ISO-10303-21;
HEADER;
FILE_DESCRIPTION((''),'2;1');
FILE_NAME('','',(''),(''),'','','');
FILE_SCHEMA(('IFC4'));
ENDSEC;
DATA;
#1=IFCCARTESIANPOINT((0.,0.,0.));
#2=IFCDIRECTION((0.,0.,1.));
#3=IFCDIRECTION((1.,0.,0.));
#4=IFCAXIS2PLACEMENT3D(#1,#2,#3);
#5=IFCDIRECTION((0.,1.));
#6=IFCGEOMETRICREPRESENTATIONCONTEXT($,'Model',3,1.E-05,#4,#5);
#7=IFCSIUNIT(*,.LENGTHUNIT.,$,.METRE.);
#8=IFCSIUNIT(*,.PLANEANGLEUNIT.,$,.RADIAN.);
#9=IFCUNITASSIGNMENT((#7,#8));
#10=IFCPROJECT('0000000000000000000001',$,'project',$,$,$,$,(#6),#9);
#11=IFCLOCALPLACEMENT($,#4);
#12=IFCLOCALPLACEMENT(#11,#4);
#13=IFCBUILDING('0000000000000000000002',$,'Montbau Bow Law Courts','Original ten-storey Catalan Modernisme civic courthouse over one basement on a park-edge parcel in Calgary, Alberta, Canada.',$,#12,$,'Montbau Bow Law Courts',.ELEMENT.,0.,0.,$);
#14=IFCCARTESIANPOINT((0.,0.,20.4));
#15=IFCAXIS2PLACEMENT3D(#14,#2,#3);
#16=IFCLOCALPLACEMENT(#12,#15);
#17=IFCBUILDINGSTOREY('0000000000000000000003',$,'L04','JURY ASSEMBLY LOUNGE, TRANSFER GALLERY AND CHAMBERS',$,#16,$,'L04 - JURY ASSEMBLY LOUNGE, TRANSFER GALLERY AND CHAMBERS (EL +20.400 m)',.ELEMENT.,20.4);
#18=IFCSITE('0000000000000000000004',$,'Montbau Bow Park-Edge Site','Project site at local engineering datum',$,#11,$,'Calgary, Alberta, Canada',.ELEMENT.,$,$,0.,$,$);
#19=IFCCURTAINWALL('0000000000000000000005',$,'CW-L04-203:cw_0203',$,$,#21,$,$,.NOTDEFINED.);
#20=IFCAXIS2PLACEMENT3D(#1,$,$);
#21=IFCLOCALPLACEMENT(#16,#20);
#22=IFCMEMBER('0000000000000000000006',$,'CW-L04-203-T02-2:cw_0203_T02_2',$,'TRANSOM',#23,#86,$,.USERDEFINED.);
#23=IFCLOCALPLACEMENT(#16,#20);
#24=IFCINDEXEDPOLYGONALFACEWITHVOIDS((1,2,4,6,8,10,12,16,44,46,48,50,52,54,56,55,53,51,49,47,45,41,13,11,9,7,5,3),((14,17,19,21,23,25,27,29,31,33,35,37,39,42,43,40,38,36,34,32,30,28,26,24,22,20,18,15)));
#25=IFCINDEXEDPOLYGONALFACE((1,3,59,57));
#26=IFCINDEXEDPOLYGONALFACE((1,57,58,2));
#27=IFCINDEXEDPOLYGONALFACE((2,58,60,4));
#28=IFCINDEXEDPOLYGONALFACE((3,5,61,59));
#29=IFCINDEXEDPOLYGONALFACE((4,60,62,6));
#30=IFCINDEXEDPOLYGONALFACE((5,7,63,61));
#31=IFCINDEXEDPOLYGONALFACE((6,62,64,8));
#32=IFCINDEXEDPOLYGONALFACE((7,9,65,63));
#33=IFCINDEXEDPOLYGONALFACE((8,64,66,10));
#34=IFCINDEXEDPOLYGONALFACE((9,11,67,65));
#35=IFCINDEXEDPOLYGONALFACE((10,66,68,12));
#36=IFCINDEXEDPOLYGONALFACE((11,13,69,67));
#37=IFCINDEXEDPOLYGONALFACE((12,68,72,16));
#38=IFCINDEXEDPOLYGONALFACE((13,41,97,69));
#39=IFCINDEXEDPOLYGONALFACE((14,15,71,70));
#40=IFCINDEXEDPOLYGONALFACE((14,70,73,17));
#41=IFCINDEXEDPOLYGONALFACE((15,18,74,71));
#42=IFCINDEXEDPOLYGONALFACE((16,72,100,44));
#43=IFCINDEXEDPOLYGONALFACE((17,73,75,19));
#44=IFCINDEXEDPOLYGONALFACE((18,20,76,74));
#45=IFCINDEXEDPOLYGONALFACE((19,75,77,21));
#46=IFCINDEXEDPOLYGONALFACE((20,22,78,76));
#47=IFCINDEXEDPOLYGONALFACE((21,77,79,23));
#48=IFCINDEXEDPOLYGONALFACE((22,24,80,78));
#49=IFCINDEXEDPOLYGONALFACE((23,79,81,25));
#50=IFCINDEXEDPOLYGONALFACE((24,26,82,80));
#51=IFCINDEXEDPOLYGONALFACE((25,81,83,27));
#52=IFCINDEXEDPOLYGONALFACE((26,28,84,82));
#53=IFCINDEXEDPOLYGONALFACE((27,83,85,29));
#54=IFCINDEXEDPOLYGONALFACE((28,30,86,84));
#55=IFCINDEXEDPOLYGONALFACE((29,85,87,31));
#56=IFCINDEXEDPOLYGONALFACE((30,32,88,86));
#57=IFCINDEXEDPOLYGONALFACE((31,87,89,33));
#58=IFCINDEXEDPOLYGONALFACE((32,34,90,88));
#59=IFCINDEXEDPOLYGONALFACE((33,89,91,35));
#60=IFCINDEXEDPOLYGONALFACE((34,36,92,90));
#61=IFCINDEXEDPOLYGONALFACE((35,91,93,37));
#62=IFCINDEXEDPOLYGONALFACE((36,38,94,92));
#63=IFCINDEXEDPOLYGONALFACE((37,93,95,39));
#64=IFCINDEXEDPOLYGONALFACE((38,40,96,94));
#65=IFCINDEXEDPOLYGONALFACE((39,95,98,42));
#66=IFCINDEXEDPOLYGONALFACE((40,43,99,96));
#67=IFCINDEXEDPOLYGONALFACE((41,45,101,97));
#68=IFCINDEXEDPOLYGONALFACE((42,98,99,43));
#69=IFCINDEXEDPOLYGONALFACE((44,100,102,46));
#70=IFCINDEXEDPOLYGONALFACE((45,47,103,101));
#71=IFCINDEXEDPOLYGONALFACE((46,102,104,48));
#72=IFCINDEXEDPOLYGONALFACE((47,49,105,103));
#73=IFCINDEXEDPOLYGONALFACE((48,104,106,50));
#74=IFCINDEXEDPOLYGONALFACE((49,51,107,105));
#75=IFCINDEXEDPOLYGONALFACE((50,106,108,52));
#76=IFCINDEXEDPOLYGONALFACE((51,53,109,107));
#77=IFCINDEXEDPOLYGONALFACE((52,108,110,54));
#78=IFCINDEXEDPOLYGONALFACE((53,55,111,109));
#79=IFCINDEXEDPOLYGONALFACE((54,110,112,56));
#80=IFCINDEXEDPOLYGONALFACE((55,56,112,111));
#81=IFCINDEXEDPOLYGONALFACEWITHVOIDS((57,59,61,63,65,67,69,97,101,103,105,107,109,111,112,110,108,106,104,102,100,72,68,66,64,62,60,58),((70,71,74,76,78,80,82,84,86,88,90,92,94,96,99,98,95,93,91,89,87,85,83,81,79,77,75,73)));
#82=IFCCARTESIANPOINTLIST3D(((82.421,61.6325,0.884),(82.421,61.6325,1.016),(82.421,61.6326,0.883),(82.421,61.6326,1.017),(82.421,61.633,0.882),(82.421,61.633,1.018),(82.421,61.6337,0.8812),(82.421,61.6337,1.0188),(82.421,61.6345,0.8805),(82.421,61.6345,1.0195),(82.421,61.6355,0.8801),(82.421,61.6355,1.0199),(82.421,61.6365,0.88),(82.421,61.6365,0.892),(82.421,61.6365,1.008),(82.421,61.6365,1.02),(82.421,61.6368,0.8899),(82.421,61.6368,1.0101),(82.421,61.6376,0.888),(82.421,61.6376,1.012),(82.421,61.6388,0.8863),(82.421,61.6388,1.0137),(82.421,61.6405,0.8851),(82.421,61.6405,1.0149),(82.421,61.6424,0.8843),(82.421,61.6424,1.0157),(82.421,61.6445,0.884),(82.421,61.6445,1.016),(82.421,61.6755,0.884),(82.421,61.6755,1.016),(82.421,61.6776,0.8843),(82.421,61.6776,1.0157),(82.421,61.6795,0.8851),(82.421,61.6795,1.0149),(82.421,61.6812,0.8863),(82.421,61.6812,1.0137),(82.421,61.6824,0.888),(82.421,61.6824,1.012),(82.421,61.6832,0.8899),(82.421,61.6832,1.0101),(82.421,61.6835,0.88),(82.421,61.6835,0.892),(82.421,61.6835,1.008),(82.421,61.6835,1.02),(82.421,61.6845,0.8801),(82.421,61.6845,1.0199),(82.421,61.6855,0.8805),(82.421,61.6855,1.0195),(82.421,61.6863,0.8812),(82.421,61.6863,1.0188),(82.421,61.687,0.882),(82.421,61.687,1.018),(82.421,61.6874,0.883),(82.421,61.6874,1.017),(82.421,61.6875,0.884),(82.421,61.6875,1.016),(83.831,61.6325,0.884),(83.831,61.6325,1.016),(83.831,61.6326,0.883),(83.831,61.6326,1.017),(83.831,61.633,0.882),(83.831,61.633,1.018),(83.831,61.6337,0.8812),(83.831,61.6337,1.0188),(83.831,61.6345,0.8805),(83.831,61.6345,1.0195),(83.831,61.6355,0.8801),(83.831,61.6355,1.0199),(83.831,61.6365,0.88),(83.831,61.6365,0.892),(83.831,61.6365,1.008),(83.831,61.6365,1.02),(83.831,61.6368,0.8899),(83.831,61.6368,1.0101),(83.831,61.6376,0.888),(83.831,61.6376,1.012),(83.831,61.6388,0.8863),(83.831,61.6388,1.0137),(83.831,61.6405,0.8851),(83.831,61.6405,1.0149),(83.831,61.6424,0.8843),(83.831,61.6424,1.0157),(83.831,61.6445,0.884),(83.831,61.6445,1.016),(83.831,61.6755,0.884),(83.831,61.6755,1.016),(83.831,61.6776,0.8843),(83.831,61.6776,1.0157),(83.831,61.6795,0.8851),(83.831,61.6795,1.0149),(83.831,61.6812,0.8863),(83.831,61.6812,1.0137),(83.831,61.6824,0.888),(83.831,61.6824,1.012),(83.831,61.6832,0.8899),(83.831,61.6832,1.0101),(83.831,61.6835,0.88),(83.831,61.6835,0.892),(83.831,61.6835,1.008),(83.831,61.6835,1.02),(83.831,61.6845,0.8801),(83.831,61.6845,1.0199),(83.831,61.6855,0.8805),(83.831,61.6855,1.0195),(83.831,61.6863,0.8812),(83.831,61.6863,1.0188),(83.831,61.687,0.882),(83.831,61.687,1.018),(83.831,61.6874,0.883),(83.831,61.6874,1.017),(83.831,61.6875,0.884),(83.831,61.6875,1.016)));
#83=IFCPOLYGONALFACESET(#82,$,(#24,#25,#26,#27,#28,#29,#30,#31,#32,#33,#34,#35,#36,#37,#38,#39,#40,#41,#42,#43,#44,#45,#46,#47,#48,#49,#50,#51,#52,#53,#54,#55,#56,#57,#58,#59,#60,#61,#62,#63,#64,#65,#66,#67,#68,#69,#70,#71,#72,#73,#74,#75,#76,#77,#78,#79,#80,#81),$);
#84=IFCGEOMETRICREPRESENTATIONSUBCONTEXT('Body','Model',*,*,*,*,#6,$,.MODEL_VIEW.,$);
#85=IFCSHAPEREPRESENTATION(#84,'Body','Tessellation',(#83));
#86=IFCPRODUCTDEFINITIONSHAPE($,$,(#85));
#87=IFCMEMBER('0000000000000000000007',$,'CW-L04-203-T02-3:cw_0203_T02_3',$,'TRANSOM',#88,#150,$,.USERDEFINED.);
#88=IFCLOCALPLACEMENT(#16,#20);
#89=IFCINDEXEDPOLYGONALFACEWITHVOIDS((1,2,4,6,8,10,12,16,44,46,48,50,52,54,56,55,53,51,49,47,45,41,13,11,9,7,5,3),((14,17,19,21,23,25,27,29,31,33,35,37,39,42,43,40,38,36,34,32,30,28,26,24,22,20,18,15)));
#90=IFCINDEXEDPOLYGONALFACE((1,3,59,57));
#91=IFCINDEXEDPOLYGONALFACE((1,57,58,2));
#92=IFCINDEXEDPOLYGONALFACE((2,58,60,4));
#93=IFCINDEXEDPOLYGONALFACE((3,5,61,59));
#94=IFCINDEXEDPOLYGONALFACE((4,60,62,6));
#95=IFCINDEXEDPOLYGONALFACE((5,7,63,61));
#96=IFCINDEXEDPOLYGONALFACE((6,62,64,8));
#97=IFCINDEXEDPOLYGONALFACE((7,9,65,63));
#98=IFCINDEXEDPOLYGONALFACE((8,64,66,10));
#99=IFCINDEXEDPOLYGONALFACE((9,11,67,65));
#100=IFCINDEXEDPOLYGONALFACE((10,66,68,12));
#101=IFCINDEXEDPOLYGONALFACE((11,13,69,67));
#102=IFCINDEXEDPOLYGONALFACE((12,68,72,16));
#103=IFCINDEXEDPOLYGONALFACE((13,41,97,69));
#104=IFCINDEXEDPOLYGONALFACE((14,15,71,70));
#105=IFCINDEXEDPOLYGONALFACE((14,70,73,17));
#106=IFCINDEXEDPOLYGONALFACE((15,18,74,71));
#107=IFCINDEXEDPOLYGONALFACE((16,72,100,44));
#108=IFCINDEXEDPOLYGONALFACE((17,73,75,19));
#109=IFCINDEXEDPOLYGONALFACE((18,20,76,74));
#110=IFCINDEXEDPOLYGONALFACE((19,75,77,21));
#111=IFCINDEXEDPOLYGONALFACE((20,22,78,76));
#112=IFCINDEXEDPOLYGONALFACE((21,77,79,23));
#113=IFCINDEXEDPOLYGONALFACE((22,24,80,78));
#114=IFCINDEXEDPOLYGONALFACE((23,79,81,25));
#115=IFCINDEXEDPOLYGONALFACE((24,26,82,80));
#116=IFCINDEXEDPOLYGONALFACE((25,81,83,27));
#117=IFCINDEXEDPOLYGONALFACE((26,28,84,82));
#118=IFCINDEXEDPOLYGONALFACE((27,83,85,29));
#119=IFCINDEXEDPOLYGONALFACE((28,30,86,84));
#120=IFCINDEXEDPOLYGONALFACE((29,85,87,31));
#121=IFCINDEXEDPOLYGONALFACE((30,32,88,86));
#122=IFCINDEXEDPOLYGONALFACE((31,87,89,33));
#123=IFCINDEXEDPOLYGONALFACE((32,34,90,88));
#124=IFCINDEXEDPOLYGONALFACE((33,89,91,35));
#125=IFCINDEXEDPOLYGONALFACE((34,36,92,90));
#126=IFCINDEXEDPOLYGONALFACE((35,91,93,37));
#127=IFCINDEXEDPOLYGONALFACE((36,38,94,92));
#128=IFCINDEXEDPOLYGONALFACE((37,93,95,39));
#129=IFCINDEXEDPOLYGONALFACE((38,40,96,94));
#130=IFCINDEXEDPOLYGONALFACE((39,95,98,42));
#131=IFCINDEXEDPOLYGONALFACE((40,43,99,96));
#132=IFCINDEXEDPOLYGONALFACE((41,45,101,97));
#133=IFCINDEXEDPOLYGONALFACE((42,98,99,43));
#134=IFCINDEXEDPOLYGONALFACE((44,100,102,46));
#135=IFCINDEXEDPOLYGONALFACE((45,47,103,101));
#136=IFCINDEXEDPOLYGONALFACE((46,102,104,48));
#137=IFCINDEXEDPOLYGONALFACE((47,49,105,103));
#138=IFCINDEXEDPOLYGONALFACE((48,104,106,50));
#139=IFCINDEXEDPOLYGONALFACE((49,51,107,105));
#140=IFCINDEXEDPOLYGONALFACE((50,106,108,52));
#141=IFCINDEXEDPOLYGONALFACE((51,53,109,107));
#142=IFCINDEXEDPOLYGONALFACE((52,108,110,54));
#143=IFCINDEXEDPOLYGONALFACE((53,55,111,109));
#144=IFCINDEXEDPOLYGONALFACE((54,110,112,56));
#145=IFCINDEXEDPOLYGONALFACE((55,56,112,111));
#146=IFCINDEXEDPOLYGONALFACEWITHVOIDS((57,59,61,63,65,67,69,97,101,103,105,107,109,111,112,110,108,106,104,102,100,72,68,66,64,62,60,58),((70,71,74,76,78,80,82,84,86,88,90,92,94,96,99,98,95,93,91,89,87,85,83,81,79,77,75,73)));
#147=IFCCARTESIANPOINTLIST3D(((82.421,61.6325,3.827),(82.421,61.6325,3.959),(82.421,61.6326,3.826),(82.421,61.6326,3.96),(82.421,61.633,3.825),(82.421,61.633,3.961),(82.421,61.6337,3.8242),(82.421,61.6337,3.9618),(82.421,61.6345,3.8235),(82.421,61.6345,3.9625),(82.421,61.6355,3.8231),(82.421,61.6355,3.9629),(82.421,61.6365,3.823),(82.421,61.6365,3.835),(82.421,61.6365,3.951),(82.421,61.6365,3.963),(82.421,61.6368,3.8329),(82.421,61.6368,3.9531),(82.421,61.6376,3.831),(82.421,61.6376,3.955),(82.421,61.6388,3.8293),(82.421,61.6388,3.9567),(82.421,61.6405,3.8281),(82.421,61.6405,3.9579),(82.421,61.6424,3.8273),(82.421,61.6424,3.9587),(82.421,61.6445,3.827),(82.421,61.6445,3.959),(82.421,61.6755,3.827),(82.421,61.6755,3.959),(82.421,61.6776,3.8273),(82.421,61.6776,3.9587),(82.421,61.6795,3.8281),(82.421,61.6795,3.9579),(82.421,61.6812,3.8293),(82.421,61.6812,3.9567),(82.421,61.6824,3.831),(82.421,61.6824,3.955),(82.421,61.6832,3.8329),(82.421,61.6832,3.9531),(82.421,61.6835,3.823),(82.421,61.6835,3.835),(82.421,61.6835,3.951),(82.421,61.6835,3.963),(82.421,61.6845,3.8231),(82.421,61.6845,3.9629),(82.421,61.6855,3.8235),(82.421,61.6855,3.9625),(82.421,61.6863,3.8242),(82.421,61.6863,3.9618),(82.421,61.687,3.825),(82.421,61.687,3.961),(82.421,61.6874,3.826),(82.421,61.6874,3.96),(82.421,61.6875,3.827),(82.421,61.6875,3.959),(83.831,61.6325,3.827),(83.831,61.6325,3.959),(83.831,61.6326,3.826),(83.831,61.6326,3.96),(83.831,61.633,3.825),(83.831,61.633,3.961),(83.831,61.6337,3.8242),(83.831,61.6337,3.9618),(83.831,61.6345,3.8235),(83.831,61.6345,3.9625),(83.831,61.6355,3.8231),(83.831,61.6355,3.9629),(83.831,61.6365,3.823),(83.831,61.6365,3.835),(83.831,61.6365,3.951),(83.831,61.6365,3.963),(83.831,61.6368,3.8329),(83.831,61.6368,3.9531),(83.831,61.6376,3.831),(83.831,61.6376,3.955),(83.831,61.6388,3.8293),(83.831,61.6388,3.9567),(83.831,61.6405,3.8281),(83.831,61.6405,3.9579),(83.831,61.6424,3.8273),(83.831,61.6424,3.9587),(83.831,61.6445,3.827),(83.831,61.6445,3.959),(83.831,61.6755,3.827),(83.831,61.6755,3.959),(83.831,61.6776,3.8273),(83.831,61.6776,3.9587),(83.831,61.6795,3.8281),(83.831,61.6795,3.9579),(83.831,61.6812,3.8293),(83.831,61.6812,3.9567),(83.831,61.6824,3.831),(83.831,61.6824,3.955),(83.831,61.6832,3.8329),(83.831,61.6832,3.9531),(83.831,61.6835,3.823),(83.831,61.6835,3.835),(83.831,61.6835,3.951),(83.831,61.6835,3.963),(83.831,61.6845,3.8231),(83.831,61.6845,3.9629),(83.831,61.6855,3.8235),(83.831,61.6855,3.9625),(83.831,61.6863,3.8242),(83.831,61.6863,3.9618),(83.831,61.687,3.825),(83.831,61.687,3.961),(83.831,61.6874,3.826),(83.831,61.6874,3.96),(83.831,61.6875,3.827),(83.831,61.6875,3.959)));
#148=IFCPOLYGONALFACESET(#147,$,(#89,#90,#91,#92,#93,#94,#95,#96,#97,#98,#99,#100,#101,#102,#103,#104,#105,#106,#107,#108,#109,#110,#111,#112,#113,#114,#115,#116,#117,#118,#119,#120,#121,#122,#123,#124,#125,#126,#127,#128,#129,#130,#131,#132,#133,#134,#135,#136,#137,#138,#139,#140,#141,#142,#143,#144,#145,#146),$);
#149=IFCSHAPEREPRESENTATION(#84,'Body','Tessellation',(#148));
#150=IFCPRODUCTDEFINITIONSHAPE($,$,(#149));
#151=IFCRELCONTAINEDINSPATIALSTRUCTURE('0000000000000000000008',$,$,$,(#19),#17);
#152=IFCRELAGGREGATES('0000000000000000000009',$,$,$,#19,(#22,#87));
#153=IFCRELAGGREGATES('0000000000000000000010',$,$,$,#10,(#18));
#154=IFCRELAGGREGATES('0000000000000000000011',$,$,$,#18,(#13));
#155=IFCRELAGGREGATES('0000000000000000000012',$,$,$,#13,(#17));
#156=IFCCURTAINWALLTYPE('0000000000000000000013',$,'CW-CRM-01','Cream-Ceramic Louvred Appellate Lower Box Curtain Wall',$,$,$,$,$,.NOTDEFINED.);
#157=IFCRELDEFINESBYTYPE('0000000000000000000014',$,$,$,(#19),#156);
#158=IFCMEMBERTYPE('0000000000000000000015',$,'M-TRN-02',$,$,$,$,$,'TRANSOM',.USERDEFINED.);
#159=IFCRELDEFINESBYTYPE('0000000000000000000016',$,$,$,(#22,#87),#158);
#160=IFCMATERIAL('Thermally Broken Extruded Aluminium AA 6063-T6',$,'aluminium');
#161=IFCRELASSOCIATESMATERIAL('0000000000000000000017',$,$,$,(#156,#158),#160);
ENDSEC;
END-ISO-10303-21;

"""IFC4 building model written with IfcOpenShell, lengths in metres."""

from ifc_helpers import new_model, si_unit, direction, frame, origin_with_axes, origin_2d_with_axis, place, context, subcontext, project, spatial, hollow_rectangle, extrude, material, material_profile, profile_set, type_object, element, aggregate, save


model = new_model("IFC4")

# Units and contexts
model_context = context("Model", 3, precision=1e-05, world=origin_with_axes(), true_north=direction((0.0, 1.0)))
body_context = subcontext(model_context, "Body", "Model", "MODEL_VIEW")
ifc_project = project(units=[si_unit("LENGTHUNIT", "METRE"), si_unit("PLANEANGLEUNIT", "RADIAN")], contexts=[model_context])

# Site, building, storey
site_placement = place(None, origin_with_axes())
site = spatial("IfcSite", under=ifc_project, at=site_placement, Name="Montbau Bow Park-Edge Site", Description="Project site at local engineering datum", LongName="Calgary, Alberta, Canada", CompositionType="ELEMENT", RefElevation=0.0)
building_placement = place(site_placement, origin_with_axes())
building = spatial("IfcBuilding", under=site, at=building_placement, Name="Montbau Bow Law Courts", Description="Original ten-storey Catalan Modernisme civic courthouse over one basement on a park-edge parcel in Calgary, Alberta, Canada.", LongName="Montbau Bow Law Courts", CompositionType="ELEMENT", ElevationOfRefHeight=0.0, ElevationOfTerrain=0.0)
storey_placement = place(building_placement, frame((0.0, 0.0, 20.4), z_axis=(0.0, 0.0, 1.0), x_axis=(1.0, 0.0, 0.0)))
storey = spatial("IfcBuildingStorey", under=building, at=storey_placement, Name="L04", Description="JURY ASSEMBLY LOUNGE, TRANSFER GALLERY AND CHAMBERS", LongName="L04 - JURY ASSEMBLY LOUNGE, TRANSFER GALLERY AND CHAMBERS (EL +20.400 m)", CompositionType="ELEMENT", Elevation=20.4)

# Curtain wall
ifc_material_1 = material(Name="Thermally Broken Extruded Aluminium AA 6063-T6", Category="aluminium")
curtain_wall_type = type_object("IfcCurtainWallType", Name="CW-CRM-01", Description="Cream-Ceramic Louvred Appellate Lower Box Curtain Wall", PredefinedType="NOTDEFINED", material=ifc_material_1)
curtain_wall_1_placement = place(None, frame((80.915, 61.66, 20.4), z_axis=(0.0, 0.0, 1.0), x_axis=(1.0, 0.0, 0.0)))
curtain_wall_1 = element("IfcCurtainWall", 1, at=curtain_wall_1_placement, inside=storey, type_object=curtain_wall_type, Name="CW-L04-203:cw_0203", PredefinedType="NOTDEFINED")

# Members
ifc_material_profile_1 = material_profile(ifc_material_1, hollow_rectangle(XDim=0.055, YDim=0.14, WallThickness=0.004, InnerFilletRadius=0.008, OuterFilletRadius=0.004, at=origin_2d_with_axis()), Name="CWT-140X55", Category="Main", Priority=0)
ifc_profile_set_1 = profile_set([ifc_material_profile_1], Name="Thermally Broken Extruded Aluminium AA 6063-T6")
member_type_1 = type_object("IfcMemberType", Name="M-TRN-02", ElementType="TRANSOM", PredefinedType="USERDEFINED", material=ifc_profile_set_1)
member_1_placement = place(None, frame((82.421, 61.66, 21.35), z_axis=(1.0, 0.0, 0.0), x_axis=(0.0, 1.0, 0.0)))
member_1 = element("IfcMember", 2, at=member_1_placement, type_object=member_type_1, Name="CW-L04-203-T02-2:cw_0203_T02_2", ObjectType="TRANSOM", PredefinedType="USERDEFINED", context=body_context, shape_type="SweptSolid", body=[
    extrude(hollow_rectangle(XDim=0.055, YDim=0.14, WallThickness=0.004, InnerFilletRadius=0.008, OuterFilletRadius=0.004, at=origin_2d_with_axis()), origin_with_axes(), (0.0, 0.0, 1.0), 1.41),
])
member_2_placement = place(None, frame((82.421, 61.66, 24.293), z_axis=(1.0, 0.0, 0.0), x_axis=(0.0, 1.0, 0.0)))
member_2 = element("IfcMember", 3, at=member_2_placement, type_object=member_type_1, Name="CW-L04-203-T02-3:cw_0203_T02_3", ObjectType="TRANSOM", PredefinedType="USERDEFINED", context=body_context, shape_type="SweptSolid", body=[
    extrude(hollow_rectangle(XDim=0.055, YDim=0.14, WallThickness=0.004, InnerFilletRadius=0.008, OuterFilletRadius=0.004, at=origin_2d_with_axis()), origin_with_axes(), (0.0, 0.0, 1.0), 1.41),
])

aggregate(curtain_wall_1, [member_1, member_2])

save(model, "model.ifc")
